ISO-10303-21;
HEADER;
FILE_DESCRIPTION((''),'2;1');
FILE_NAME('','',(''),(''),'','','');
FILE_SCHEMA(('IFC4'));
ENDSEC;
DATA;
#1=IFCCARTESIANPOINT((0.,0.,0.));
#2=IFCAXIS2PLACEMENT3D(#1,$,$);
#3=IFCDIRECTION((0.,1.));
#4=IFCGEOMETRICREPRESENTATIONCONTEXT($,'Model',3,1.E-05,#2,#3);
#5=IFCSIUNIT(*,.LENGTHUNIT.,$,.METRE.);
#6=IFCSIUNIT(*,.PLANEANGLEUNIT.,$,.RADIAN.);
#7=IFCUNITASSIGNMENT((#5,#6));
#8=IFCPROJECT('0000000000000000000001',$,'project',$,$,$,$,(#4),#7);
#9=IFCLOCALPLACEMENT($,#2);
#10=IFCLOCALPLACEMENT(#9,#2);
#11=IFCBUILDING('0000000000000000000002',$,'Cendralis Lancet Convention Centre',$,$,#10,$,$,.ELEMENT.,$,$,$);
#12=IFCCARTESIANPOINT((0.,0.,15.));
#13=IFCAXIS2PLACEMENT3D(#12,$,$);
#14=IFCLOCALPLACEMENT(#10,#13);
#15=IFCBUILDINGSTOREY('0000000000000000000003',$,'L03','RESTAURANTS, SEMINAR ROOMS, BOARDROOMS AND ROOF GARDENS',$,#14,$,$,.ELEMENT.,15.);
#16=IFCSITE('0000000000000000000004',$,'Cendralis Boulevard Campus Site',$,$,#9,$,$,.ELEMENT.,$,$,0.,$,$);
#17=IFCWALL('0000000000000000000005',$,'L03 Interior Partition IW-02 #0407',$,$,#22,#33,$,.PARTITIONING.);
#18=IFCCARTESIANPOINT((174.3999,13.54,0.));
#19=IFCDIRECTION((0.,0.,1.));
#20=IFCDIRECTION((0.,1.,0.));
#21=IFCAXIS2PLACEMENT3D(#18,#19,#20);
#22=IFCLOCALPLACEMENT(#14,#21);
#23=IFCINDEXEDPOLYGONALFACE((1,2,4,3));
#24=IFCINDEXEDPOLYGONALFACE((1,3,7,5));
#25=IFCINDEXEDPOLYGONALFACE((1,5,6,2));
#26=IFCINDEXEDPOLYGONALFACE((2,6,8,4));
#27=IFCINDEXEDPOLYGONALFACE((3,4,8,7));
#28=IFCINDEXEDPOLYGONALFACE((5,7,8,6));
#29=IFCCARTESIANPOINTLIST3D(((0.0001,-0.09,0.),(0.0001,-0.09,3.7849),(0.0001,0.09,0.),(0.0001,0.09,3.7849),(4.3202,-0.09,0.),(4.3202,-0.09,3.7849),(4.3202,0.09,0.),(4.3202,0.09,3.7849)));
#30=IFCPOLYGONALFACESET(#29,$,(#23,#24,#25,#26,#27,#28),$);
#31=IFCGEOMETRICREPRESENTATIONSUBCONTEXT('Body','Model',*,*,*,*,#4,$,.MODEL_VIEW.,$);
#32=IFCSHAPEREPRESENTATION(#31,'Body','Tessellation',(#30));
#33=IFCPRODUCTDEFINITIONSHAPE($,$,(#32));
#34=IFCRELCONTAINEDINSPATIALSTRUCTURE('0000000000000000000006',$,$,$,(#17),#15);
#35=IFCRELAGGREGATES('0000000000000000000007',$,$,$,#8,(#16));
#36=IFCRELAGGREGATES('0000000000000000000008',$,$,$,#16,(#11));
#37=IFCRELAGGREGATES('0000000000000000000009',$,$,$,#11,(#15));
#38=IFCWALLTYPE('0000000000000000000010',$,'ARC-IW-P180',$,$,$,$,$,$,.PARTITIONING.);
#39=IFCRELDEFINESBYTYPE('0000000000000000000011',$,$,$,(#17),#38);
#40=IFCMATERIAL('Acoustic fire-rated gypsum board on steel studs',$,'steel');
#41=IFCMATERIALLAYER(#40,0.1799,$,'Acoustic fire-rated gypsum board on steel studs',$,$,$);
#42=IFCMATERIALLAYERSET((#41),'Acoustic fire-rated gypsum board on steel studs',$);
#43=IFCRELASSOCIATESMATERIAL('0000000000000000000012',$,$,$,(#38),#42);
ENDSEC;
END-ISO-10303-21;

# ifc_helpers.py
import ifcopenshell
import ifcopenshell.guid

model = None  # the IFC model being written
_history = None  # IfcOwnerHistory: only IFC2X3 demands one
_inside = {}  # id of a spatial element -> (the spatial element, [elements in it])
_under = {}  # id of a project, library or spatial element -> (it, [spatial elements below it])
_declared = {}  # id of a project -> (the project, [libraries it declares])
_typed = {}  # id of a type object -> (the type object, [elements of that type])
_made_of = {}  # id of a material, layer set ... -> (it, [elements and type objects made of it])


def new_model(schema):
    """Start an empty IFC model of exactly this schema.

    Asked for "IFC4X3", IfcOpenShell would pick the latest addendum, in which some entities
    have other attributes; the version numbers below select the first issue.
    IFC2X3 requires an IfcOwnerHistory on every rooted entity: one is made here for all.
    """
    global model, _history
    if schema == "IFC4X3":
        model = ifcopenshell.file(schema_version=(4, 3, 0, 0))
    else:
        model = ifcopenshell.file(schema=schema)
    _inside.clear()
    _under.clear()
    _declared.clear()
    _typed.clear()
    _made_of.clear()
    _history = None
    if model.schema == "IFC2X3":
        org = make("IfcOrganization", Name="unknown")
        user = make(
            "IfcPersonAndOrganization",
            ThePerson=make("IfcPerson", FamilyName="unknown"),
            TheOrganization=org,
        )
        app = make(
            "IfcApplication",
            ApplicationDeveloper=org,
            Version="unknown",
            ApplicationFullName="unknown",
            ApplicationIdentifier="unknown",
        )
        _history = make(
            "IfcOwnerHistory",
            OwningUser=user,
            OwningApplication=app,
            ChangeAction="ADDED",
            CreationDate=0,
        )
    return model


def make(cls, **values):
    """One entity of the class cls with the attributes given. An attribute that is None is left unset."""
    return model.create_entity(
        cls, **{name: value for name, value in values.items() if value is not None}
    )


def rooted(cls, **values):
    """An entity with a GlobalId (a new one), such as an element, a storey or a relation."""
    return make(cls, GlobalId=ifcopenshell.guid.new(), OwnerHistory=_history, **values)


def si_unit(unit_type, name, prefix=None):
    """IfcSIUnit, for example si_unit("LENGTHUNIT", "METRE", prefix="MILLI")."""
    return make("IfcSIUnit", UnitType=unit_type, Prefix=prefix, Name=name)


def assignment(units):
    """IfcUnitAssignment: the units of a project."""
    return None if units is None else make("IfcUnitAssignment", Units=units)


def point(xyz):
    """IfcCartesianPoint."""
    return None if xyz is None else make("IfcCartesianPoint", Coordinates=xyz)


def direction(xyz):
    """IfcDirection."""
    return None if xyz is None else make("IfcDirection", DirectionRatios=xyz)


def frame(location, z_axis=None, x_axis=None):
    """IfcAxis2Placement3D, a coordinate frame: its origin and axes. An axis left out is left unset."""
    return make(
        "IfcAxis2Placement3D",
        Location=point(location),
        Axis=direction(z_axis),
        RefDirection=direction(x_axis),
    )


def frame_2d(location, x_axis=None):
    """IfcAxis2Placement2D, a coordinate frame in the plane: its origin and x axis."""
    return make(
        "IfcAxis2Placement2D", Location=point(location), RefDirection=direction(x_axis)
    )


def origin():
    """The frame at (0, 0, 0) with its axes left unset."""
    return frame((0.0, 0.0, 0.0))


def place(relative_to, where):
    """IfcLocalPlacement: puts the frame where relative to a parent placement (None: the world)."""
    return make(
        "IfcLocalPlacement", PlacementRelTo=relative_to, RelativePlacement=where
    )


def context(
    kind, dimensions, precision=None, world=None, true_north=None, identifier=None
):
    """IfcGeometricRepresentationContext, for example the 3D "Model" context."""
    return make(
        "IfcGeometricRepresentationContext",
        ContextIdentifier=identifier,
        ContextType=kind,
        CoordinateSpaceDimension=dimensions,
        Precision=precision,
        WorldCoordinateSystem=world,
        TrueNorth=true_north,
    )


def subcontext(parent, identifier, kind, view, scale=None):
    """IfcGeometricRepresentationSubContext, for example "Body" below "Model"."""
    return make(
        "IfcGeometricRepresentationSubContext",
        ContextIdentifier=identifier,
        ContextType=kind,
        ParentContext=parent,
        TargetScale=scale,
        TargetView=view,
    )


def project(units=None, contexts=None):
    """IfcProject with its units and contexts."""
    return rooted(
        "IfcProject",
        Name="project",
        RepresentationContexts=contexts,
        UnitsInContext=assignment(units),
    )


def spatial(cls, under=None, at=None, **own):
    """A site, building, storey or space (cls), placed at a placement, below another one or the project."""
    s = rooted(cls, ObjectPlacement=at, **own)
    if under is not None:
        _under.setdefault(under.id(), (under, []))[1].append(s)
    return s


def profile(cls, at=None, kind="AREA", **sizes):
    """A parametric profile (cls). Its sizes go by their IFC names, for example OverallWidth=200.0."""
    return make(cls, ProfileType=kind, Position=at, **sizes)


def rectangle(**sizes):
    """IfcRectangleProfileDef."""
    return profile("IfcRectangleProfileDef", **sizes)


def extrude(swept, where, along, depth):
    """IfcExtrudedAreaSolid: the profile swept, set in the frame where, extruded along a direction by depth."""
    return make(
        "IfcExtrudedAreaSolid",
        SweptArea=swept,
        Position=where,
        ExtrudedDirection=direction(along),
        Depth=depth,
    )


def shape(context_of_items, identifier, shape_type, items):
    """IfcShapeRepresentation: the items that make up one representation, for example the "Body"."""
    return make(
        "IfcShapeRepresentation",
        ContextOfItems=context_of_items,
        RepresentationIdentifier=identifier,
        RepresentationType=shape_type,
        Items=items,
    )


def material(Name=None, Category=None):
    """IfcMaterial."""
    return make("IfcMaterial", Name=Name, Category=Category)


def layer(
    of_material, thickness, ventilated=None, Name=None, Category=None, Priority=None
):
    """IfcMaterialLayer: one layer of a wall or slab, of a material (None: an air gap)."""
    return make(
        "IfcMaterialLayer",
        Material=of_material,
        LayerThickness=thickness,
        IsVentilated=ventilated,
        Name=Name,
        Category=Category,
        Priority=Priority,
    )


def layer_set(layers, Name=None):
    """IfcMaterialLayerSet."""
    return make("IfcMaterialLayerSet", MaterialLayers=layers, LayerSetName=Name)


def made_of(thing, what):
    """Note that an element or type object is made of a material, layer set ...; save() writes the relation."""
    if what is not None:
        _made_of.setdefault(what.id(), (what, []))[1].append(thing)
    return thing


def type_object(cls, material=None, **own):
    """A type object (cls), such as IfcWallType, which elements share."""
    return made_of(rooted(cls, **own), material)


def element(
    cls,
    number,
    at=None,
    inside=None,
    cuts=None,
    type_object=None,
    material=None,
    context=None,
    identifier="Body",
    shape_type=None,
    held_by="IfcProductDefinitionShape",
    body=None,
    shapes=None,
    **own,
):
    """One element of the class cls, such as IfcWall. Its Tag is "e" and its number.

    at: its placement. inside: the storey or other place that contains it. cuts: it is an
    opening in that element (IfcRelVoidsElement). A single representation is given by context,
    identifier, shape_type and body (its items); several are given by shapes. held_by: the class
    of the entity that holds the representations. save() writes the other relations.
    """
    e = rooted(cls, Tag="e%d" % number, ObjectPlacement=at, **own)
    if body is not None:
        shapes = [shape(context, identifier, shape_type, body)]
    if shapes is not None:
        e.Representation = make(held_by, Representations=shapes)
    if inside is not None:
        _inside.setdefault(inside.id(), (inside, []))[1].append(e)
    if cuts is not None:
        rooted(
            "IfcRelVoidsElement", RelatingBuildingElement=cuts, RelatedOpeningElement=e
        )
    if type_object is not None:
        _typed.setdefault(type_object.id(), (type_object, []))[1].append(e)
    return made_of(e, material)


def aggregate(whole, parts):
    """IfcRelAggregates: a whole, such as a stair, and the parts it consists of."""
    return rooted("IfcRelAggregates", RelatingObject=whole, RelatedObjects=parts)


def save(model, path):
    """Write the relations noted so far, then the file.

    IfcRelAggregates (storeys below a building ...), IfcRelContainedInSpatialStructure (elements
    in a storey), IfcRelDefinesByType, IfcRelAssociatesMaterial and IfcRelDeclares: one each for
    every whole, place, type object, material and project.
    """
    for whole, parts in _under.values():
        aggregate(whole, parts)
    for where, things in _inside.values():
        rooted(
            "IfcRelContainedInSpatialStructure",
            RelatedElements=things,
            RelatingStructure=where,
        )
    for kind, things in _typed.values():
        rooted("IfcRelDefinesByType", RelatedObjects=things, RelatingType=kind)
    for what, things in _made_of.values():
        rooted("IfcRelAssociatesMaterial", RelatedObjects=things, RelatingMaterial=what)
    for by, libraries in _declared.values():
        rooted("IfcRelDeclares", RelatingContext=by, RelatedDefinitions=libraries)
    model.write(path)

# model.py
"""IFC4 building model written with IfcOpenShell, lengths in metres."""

from ifc_helpers import new_model, si_unit, direction, frame, frame_2d, origin, place, context, subcontext, project, spatial, rectangle, extrude, material, layer, layer_set, type_object, element, save


model = new_model("IFC4")

# Units and contexts
model_context = context("Model", 3, precision=1e-05, world=origin(), true_north=direction((0.0, 1.0)))
body_context = subcontext(model_context, "Body", "Model", "MODEL_VIEW")
ifc_project = project(units=[si_unit("LENGTHUNIT", "METRE"), si_unit("PLANEANGLEUNIT", "RADIAN")], contexts=[model_context])

# Site, building, storey
site_placement = place(None, origin())
site = spatial("IfcSite", under=ifc_project, at=site_placement, Name="Cendralis Boulevard Campus Site", CompositionType="ELEMENT", RefElevation=0.0)
building_placement = place(site_placement, origin())
building = spatial("IfcBuilding", under=site, at=building_placement, Name="Cendralis Lancet Convention Centre", CompositionType="ELEMENT")
storey_placement = place(building_placement, frame((0.0, 0.0, 15.0)))
storey = spatial("IfcBuildingStorey", under=building, at=storey_placement, Name="L03", Description="RESTAURANTS, SEMINAR ROOMS, BOARDROOMS AND ROOF GARDENS", CompositionType="ELEMENT", Elevation=15.0)

# Wall
ifc_material_1 = material(Name="Acoustic fire-rated gypsum board on steel studs", Category="steel")
ifc_layer = layer(ifc_material_1, 0.1799, Name="Acoustic fire-rated gypsum board on steel studs")
ifc_layer_set = layer_set([ifc_layer], Name="Acoustic fire-rated gypsum board on steel studs")
wall_type = type_object("IfcWallType", Name="ARC-IW-P180", PredefinedType="PARTITIONING", material=ifc_layer_set)
wall_1_placement = place(storey_placement, frame((174.3999, 13.54, 0.0), z_axis=(0.0, 0.0, 1.0), x_axis=(0.0, 1.0, 0.0)))
element("IfcWall", 1, at=wall_1_placement, inside=storey, type_object=wall_type, Name="L03 Interior Partition IW-02 #0407", PredefinedType="PARTITIONING", context=body_context, shape_type="SweptSolid", body=[
    extrude(rectangle(XDim=4.3201, YDim=0.1799, at=frame_2d((2.1602, 0.0))), origin(), (0.0, 0.0, 1.0), 3.7849),
])

save(model, "model.ifc")
